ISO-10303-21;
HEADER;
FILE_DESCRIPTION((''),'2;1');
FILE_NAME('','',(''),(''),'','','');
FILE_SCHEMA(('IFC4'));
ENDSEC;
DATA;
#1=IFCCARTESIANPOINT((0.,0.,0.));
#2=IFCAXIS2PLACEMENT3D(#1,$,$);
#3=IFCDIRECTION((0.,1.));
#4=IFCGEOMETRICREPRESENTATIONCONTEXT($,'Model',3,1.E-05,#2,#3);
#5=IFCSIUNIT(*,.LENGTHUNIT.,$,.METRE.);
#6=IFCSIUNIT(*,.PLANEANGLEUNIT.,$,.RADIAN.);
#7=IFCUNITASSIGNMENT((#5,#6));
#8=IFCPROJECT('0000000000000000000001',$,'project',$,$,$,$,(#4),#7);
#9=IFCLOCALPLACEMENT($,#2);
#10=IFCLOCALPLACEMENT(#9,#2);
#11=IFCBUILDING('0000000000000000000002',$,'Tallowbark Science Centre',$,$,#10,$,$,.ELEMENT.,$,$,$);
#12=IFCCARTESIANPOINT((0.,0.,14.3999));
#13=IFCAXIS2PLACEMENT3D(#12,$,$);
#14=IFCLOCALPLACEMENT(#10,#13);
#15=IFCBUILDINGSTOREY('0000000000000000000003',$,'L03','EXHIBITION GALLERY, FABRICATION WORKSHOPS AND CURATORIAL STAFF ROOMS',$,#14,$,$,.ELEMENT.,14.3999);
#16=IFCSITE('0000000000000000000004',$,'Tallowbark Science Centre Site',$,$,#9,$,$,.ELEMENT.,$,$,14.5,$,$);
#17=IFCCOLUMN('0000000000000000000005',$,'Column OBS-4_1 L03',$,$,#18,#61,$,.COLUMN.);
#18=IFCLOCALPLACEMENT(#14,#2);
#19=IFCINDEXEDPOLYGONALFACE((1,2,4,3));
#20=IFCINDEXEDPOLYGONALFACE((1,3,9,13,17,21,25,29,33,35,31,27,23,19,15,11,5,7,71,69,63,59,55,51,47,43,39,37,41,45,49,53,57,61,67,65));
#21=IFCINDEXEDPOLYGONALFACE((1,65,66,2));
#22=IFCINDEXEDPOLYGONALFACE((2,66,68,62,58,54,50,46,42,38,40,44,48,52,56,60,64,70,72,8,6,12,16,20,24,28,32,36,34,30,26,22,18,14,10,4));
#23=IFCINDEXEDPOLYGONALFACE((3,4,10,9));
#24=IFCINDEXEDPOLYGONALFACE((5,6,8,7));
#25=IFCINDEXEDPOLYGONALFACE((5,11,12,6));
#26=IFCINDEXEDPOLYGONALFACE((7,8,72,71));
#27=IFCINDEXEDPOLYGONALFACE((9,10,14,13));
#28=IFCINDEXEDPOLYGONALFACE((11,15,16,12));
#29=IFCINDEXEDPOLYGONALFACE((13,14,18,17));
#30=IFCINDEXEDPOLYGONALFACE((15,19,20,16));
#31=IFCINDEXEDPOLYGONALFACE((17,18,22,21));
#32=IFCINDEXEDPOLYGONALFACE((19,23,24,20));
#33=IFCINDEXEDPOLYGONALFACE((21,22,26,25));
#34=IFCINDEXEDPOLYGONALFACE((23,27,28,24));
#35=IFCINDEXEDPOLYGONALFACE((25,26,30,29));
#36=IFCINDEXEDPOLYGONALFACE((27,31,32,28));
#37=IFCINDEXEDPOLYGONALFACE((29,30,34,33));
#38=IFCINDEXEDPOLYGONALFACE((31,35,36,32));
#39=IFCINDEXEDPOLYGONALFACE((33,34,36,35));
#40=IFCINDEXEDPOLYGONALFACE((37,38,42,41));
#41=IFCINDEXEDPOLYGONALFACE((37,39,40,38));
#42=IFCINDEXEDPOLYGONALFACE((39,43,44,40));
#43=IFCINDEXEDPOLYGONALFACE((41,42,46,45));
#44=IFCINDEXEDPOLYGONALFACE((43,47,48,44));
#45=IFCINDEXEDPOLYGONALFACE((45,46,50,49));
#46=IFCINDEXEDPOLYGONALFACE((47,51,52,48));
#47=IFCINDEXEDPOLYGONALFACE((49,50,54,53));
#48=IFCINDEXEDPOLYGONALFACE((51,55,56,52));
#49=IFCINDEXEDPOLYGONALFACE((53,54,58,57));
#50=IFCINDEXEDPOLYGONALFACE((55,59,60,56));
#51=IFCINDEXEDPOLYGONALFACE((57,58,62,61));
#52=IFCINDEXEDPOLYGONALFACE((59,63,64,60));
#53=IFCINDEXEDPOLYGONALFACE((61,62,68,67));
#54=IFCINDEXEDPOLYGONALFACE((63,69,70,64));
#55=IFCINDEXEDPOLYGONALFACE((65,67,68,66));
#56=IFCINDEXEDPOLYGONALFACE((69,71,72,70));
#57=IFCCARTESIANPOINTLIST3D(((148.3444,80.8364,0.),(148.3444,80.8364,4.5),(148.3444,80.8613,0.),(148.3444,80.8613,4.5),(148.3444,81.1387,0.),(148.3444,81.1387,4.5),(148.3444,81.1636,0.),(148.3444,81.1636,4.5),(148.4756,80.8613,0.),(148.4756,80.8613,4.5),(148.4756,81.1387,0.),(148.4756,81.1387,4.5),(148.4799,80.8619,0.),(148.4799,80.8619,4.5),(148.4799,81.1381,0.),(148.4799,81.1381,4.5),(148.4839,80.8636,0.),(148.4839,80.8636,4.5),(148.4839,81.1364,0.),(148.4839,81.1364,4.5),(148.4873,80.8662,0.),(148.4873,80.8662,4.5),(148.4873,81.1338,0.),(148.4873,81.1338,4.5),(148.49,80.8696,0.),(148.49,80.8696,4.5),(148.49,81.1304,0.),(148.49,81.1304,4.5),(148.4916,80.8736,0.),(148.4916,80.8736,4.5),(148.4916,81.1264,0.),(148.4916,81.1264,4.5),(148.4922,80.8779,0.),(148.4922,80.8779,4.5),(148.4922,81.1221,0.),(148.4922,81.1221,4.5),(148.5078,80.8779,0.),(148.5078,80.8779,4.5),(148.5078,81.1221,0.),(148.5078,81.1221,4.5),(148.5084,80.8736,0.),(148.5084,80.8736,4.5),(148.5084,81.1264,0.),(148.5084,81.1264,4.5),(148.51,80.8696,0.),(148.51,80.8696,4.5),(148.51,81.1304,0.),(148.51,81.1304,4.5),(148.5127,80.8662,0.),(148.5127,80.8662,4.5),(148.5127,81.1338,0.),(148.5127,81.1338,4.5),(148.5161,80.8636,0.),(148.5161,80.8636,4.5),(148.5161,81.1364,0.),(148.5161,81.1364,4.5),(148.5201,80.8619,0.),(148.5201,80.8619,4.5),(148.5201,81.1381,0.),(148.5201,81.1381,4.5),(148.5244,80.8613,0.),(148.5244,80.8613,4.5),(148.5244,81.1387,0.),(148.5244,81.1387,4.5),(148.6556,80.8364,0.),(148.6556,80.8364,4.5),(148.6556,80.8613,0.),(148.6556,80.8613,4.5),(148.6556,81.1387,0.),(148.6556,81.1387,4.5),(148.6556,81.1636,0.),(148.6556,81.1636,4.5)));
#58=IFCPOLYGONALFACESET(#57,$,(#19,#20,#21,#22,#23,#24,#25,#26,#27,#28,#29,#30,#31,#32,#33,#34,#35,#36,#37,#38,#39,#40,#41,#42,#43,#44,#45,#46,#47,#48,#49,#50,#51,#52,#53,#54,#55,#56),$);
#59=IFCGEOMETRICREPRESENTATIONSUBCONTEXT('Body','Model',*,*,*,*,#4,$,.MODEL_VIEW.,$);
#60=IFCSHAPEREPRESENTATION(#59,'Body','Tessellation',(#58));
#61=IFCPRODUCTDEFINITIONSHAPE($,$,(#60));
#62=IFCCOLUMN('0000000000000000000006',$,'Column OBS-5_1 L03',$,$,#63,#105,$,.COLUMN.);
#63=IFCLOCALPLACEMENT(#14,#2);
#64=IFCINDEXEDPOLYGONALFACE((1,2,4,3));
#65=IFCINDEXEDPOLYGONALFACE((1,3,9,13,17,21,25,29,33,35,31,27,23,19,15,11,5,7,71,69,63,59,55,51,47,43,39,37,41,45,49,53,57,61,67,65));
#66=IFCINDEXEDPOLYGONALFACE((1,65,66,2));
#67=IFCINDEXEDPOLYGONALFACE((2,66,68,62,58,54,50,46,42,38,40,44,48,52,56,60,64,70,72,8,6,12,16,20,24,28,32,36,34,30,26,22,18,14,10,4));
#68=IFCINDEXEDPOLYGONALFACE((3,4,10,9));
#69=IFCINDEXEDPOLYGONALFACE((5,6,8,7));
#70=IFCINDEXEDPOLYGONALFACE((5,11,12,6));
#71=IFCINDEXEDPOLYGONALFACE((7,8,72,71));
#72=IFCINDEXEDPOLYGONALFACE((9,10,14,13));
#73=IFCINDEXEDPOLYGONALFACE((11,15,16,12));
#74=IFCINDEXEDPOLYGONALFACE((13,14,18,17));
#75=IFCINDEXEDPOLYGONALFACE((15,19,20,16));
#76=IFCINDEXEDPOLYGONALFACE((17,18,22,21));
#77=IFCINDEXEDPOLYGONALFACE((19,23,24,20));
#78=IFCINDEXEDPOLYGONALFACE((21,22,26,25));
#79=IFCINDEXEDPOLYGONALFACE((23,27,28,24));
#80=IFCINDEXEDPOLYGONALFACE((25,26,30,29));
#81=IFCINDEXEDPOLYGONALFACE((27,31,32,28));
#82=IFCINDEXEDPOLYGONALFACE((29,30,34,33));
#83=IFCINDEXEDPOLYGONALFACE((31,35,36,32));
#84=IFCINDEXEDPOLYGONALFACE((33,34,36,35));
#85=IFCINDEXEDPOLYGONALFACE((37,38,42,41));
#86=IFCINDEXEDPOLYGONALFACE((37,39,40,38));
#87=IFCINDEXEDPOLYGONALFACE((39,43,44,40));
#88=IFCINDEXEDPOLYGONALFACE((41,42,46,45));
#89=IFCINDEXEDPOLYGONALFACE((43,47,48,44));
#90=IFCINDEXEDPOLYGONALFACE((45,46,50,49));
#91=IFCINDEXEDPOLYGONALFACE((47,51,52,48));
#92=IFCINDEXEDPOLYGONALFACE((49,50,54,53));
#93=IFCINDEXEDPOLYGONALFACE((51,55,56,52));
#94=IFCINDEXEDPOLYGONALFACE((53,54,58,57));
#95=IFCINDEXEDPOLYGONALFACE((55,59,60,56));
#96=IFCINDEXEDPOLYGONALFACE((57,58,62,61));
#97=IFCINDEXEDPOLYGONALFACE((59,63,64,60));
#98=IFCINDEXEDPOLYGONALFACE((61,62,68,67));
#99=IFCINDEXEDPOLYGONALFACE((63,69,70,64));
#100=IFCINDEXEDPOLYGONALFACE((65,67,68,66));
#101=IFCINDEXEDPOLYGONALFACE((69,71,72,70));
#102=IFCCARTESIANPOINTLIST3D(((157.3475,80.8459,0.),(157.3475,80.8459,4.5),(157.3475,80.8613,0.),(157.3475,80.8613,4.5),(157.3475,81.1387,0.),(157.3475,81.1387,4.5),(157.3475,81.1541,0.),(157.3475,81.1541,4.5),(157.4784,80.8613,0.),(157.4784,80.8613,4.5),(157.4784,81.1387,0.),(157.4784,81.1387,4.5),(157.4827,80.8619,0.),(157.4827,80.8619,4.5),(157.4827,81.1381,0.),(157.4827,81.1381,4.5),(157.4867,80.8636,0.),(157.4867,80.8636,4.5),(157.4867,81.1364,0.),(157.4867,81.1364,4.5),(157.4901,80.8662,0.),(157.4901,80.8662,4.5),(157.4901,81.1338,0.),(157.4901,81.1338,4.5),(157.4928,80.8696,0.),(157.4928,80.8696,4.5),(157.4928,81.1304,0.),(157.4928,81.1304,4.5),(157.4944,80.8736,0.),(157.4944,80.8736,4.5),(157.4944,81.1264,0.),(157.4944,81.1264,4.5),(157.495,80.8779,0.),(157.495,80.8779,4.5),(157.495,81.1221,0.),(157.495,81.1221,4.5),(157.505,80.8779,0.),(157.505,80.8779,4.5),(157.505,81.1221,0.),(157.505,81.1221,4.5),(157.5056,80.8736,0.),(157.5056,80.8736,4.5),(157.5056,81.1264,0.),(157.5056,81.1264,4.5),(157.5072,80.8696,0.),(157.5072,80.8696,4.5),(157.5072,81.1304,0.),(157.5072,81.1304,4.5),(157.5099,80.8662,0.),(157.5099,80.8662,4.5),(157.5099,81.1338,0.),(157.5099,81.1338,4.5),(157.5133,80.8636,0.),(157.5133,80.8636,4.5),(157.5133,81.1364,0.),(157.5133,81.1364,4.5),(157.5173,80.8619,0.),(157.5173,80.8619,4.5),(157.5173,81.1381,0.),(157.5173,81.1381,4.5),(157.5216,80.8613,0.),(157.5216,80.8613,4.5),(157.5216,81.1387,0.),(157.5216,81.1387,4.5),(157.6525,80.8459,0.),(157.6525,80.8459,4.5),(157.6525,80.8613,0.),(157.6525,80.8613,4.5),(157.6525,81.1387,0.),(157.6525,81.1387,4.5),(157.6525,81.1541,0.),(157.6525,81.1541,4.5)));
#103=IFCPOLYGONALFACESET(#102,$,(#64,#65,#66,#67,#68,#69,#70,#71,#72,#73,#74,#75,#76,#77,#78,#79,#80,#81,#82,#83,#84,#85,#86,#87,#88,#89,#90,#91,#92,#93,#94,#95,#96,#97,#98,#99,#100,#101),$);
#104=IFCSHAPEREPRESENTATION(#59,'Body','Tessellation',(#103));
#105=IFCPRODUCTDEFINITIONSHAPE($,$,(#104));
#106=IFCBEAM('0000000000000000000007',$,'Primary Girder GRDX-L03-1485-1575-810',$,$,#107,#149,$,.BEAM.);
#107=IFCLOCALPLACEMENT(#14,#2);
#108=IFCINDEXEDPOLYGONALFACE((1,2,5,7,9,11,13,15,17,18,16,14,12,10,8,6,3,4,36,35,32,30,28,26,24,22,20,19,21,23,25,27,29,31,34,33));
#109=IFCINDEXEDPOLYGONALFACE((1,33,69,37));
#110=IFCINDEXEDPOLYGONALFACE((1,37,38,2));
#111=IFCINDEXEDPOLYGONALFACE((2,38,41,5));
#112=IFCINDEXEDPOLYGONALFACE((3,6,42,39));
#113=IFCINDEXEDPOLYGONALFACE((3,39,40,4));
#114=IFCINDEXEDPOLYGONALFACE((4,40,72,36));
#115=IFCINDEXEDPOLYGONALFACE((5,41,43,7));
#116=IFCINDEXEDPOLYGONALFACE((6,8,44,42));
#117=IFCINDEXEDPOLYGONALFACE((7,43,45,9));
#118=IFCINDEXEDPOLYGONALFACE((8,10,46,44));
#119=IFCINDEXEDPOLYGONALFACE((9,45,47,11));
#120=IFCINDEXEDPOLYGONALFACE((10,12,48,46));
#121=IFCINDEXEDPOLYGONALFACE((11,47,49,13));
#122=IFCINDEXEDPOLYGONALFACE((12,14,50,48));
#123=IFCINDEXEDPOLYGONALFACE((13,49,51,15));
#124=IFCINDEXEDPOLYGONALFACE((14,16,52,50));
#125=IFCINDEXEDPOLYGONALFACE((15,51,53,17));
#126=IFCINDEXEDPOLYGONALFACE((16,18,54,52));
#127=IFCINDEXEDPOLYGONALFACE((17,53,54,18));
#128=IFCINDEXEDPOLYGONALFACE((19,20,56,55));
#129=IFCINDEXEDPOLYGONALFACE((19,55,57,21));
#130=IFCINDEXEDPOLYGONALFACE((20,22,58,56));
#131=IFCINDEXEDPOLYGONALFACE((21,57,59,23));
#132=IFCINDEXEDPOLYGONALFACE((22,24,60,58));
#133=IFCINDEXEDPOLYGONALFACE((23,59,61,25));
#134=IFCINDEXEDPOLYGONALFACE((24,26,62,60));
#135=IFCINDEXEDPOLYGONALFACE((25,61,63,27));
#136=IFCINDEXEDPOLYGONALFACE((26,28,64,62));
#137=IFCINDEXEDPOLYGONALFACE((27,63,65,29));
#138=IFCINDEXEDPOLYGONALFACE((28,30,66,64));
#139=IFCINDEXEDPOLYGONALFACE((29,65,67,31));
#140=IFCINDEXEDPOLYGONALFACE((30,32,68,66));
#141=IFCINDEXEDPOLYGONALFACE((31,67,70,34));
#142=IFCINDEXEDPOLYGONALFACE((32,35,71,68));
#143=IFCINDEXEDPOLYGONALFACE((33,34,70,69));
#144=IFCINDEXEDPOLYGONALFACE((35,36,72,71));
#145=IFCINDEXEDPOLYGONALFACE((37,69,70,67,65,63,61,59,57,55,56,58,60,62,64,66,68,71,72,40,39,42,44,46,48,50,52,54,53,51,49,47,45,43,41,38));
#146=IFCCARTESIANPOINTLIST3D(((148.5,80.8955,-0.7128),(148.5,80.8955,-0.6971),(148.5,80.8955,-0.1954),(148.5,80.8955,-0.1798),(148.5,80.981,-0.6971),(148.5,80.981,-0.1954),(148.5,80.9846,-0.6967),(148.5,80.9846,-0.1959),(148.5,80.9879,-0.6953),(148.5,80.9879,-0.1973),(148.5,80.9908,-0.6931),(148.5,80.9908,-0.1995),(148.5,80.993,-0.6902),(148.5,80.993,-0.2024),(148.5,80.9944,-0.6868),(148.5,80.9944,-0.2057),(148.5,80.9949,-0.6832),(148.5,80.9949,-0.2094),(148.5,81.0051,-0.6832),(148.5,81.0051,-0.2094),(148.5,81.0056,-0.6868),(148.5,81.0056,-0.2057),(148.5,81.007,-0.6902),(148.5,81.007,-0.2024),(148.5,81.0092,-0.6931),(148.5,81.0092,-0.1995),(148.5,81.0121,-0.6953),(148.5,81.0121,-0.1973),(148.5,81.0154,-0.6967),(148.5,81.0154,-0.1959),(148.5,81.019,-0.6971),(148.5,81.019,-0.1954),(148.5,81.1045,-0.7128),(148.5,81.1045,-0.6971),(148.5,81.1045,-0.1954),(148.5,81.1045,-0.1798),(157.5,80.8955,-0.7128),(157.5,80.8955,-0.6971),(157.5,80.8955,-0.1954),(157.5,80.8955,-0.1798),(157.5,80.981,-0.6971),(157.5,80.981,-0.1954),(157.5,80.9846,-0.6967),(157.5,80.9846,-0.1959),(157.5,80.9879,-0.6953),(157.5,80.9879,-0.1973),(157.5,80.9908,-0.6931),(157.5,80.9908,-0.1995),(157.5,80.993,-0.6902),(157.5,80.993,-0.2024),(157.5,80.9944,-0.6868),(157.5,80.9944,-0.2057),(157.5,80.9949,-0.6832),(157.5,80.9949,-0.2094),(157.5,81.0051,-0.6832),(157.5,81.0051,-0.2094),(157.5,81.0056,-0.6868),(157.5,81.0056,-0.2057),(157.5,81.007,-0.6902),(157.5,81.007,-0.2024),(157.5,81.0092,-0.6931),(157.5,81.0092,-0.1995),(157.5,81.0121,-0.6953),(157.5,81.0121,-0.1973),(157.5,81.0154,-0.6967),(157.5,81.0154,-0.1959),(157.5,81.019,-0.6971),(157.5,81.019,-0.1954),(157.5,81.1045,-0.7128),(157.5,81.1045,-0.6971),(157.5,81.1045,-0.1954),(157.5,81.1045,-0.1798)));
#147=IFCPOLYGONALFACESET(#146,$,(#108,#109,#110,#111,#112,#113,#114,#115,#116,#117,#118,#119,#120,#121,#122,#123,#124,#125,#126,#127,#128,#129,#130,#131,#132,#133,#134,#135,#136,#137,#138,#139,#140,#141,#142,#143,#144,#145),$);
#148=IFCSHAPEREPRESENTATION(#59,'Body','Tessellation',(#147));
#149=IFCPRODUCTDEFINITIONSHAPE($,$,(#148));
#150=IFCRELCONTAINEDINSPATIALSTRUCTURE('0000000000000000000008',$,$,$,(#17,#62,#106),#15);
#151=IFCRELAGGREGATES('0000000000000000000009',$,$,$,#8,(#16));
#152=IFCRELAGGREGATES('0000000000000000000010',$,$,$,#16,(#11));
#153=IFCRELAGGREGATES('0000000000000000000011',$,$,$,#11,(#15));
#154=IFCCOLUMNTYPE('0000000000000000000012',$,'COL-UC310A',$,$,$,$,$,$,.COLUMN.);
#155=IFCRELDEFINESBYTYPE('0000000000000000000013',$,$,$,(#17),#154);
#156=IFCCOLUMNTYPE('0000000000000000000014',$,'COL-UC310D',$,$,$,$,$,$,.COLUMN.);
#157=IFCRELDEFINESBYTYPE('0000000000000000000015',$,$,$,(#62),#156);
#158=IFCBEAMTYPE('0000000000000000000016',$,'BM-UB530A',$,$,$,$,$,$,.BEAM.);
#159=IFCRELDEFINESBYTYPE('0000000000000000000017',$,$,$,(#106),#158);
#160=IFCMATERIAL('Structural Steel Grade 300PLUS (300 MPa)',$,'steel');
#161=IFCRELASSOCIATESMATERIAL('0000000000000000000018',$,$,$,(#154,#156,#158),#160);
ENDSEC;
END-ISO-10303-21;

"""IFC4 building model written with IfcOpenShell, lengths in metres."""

from ifc_helpers import new_model, si_unit, direction, frame, origin, origin_2d, place, context, subcontext, project, spatial, i_section, extrude, material, material_profile, profile_set, type_object, element, save


model = new_model("IFC4")

# Units and contexts
model_context = context("Model", 3, precision=1e-05, world=origin(), true_north=direction((0.0, 1.0)))
body_context = subcontext(model_context, "Body", "Model", "MODEL_VIEW")
ifc_project = project(units=[si_unit("LENGTHUNIT", "METRE"), si_unit("PLANEANGLEUNIT", "RADIAN")], contexts=[model_context])

# Site, building, storey
site_placement = place(None, origin())
site = spatial("IfcSite", under=ifc_project, at=site_placement, Name="Tallowbark Science Centre Site", CompositionType="ELEMENT", RefElevation=14.5)
building_placement = place(site_placement, origin())
building = spatial("IfcBuilding", under=site, at=building_placement, Name="Tallowbark Science Centre", CompositionType="ELEMENT")
storey_placement = place(building_placement, frame((0.0, 0.0, 14.3999)))
storey = spatial("IfcBuildingStorey", under=building, at=storey_placement, Name="L03", Description="EXHIBITION GALLERY, FABRICATION WORKSHOPS AND CURATORIAL STAFF ROOMS", CompositionType="ELEMENT", Elevation=14.3999)

# Columns
ifc_material_1 = material(Name="Structural Steel Grade 300PLUS (300 MPa)", Category="steel")
ifc_material_profile_1 = material_profile(ifc_material_1, i_section(OverallWidth=0.3113, OverallDepth=0.3271, WebThickness=0.0156, FlangeThickness=0.0249, FilletRadius=0.0166, at=origin_2d()), Name="310UC158")
ifc_profile_set_1 = profile_set([ifc_material_profile_1], Name="Structural Steel Grade 300PLUS (300 MPa)")
column_type_1 = type_object("IfcColumnType", Name="COL-UC310A", PredefinedType="COLUMN", material=ifc_profile_set_1)
column_1_placement = place(storey_placement, frame((148.5, 81.0, 0.0), z_axis=(0.0, 0.0, 1.0), x_axis=(1.0, 0.0, 0.0)))
element("IfcColumn", 1, at=column_1_placement, inside=storey, type_object=column_type_1, Name="Column OBS-4_1 L03", PredefinedType="COLUMN", context=body_context, shape_type="SweptSolid", body=[
    extrude(i_section(OverallWidth=0.3113, OverallDepth=0.3271, WebThickness=0.0156, FlangeThickness=0.0249, FilletRadius=0.0166, at=origin_2d()), origin(), (0.0, 0.0, 1.0), 4.5),
])
ifc_material_profile_2 = material_profile(ifc_material_1, i_section(OverallWidth=0.3049, OverallDepth=0.3081, WebThickness=0.01, FlangeThickness=0.0154, FilletRadius=0.0166, at=origin_2d()), Name="310UC96.8")
ifc_profile_set_2 = profile_set([ifc_material_profile_2], Name="Structural Steel Grade 300PLUS (300 MPa)")
column_type_2 = type_object("IfcColumnType", Name="COL-UC310D", PredefinedType="COLUMN", material=ifc_profile_set_2)
column_2_placement = place(storey_placement, frame((157.5, 81.0, 0.0), z_axis=(0.0, 0.0, 1.0), x_axis=(1.0, 0.0, 0.0)))
element("IfcColumn", 2, at=column_2_placement, inside=storey, type_object=column_type_2, Name="Column OBS-5_1 L03", PredefinedType="COLUMN", context=body_context, shape_type="SweptSolid", body=[
    extrude(i_section(OverallWidth=0.3049, OverallDepth=0.3081, WebThickness=0.01, FlangeThickness=0.0154, FilletRadius=0.0166, at=origin_2d()), origin(), (0.0, 0.0, 1.0), 4.5),
])

# Beam
ifc_material_profile_3 = material_profile(ifc_material_1, i_section(OverallWidth=0.209, OverallDepth=0.533, WebThickness=0.0103, FlangeThickness=0.0156, FilletRadius=0.0139, at=origin_2d()), Name="530UB92.4")
ifc_profile_set_3 = profile_set([ifc_material_profile_3], Name="Structural Steel Grade 300PLUS (300 MPa)")
beam_type_1 = type_object("IfcBeamType", Name="BM-UB530A", PredefinedType="BEAM", material=ifc_profile_set_3)
beam_placement = place(storey_placement, frame((148.5, 81.0, -0.4463), z_axis=(1.0, 0.0, 0.0), x_axis=(0.0, 1.0, 0.0)))
element("IfcBeam", 3, at=beam_placement, inside=storey, type_object=beam_type_1, Name="Primary Girder GRDX-L03-1485-1575-810", PredefinedType="BEAM", context=body_context, shape_type="SweptSolid", body=[
    extrude(i_section(OverallWidth=0.209, OverallDepth=0.533, WebThickness=0.0103, FlangeThickness=0.0156, FilletRadius=0.0139, at=origin_2d()), origin(), (0.0, 0.0, 1.0), 9.0),
])

save(model, "model.ifc")
